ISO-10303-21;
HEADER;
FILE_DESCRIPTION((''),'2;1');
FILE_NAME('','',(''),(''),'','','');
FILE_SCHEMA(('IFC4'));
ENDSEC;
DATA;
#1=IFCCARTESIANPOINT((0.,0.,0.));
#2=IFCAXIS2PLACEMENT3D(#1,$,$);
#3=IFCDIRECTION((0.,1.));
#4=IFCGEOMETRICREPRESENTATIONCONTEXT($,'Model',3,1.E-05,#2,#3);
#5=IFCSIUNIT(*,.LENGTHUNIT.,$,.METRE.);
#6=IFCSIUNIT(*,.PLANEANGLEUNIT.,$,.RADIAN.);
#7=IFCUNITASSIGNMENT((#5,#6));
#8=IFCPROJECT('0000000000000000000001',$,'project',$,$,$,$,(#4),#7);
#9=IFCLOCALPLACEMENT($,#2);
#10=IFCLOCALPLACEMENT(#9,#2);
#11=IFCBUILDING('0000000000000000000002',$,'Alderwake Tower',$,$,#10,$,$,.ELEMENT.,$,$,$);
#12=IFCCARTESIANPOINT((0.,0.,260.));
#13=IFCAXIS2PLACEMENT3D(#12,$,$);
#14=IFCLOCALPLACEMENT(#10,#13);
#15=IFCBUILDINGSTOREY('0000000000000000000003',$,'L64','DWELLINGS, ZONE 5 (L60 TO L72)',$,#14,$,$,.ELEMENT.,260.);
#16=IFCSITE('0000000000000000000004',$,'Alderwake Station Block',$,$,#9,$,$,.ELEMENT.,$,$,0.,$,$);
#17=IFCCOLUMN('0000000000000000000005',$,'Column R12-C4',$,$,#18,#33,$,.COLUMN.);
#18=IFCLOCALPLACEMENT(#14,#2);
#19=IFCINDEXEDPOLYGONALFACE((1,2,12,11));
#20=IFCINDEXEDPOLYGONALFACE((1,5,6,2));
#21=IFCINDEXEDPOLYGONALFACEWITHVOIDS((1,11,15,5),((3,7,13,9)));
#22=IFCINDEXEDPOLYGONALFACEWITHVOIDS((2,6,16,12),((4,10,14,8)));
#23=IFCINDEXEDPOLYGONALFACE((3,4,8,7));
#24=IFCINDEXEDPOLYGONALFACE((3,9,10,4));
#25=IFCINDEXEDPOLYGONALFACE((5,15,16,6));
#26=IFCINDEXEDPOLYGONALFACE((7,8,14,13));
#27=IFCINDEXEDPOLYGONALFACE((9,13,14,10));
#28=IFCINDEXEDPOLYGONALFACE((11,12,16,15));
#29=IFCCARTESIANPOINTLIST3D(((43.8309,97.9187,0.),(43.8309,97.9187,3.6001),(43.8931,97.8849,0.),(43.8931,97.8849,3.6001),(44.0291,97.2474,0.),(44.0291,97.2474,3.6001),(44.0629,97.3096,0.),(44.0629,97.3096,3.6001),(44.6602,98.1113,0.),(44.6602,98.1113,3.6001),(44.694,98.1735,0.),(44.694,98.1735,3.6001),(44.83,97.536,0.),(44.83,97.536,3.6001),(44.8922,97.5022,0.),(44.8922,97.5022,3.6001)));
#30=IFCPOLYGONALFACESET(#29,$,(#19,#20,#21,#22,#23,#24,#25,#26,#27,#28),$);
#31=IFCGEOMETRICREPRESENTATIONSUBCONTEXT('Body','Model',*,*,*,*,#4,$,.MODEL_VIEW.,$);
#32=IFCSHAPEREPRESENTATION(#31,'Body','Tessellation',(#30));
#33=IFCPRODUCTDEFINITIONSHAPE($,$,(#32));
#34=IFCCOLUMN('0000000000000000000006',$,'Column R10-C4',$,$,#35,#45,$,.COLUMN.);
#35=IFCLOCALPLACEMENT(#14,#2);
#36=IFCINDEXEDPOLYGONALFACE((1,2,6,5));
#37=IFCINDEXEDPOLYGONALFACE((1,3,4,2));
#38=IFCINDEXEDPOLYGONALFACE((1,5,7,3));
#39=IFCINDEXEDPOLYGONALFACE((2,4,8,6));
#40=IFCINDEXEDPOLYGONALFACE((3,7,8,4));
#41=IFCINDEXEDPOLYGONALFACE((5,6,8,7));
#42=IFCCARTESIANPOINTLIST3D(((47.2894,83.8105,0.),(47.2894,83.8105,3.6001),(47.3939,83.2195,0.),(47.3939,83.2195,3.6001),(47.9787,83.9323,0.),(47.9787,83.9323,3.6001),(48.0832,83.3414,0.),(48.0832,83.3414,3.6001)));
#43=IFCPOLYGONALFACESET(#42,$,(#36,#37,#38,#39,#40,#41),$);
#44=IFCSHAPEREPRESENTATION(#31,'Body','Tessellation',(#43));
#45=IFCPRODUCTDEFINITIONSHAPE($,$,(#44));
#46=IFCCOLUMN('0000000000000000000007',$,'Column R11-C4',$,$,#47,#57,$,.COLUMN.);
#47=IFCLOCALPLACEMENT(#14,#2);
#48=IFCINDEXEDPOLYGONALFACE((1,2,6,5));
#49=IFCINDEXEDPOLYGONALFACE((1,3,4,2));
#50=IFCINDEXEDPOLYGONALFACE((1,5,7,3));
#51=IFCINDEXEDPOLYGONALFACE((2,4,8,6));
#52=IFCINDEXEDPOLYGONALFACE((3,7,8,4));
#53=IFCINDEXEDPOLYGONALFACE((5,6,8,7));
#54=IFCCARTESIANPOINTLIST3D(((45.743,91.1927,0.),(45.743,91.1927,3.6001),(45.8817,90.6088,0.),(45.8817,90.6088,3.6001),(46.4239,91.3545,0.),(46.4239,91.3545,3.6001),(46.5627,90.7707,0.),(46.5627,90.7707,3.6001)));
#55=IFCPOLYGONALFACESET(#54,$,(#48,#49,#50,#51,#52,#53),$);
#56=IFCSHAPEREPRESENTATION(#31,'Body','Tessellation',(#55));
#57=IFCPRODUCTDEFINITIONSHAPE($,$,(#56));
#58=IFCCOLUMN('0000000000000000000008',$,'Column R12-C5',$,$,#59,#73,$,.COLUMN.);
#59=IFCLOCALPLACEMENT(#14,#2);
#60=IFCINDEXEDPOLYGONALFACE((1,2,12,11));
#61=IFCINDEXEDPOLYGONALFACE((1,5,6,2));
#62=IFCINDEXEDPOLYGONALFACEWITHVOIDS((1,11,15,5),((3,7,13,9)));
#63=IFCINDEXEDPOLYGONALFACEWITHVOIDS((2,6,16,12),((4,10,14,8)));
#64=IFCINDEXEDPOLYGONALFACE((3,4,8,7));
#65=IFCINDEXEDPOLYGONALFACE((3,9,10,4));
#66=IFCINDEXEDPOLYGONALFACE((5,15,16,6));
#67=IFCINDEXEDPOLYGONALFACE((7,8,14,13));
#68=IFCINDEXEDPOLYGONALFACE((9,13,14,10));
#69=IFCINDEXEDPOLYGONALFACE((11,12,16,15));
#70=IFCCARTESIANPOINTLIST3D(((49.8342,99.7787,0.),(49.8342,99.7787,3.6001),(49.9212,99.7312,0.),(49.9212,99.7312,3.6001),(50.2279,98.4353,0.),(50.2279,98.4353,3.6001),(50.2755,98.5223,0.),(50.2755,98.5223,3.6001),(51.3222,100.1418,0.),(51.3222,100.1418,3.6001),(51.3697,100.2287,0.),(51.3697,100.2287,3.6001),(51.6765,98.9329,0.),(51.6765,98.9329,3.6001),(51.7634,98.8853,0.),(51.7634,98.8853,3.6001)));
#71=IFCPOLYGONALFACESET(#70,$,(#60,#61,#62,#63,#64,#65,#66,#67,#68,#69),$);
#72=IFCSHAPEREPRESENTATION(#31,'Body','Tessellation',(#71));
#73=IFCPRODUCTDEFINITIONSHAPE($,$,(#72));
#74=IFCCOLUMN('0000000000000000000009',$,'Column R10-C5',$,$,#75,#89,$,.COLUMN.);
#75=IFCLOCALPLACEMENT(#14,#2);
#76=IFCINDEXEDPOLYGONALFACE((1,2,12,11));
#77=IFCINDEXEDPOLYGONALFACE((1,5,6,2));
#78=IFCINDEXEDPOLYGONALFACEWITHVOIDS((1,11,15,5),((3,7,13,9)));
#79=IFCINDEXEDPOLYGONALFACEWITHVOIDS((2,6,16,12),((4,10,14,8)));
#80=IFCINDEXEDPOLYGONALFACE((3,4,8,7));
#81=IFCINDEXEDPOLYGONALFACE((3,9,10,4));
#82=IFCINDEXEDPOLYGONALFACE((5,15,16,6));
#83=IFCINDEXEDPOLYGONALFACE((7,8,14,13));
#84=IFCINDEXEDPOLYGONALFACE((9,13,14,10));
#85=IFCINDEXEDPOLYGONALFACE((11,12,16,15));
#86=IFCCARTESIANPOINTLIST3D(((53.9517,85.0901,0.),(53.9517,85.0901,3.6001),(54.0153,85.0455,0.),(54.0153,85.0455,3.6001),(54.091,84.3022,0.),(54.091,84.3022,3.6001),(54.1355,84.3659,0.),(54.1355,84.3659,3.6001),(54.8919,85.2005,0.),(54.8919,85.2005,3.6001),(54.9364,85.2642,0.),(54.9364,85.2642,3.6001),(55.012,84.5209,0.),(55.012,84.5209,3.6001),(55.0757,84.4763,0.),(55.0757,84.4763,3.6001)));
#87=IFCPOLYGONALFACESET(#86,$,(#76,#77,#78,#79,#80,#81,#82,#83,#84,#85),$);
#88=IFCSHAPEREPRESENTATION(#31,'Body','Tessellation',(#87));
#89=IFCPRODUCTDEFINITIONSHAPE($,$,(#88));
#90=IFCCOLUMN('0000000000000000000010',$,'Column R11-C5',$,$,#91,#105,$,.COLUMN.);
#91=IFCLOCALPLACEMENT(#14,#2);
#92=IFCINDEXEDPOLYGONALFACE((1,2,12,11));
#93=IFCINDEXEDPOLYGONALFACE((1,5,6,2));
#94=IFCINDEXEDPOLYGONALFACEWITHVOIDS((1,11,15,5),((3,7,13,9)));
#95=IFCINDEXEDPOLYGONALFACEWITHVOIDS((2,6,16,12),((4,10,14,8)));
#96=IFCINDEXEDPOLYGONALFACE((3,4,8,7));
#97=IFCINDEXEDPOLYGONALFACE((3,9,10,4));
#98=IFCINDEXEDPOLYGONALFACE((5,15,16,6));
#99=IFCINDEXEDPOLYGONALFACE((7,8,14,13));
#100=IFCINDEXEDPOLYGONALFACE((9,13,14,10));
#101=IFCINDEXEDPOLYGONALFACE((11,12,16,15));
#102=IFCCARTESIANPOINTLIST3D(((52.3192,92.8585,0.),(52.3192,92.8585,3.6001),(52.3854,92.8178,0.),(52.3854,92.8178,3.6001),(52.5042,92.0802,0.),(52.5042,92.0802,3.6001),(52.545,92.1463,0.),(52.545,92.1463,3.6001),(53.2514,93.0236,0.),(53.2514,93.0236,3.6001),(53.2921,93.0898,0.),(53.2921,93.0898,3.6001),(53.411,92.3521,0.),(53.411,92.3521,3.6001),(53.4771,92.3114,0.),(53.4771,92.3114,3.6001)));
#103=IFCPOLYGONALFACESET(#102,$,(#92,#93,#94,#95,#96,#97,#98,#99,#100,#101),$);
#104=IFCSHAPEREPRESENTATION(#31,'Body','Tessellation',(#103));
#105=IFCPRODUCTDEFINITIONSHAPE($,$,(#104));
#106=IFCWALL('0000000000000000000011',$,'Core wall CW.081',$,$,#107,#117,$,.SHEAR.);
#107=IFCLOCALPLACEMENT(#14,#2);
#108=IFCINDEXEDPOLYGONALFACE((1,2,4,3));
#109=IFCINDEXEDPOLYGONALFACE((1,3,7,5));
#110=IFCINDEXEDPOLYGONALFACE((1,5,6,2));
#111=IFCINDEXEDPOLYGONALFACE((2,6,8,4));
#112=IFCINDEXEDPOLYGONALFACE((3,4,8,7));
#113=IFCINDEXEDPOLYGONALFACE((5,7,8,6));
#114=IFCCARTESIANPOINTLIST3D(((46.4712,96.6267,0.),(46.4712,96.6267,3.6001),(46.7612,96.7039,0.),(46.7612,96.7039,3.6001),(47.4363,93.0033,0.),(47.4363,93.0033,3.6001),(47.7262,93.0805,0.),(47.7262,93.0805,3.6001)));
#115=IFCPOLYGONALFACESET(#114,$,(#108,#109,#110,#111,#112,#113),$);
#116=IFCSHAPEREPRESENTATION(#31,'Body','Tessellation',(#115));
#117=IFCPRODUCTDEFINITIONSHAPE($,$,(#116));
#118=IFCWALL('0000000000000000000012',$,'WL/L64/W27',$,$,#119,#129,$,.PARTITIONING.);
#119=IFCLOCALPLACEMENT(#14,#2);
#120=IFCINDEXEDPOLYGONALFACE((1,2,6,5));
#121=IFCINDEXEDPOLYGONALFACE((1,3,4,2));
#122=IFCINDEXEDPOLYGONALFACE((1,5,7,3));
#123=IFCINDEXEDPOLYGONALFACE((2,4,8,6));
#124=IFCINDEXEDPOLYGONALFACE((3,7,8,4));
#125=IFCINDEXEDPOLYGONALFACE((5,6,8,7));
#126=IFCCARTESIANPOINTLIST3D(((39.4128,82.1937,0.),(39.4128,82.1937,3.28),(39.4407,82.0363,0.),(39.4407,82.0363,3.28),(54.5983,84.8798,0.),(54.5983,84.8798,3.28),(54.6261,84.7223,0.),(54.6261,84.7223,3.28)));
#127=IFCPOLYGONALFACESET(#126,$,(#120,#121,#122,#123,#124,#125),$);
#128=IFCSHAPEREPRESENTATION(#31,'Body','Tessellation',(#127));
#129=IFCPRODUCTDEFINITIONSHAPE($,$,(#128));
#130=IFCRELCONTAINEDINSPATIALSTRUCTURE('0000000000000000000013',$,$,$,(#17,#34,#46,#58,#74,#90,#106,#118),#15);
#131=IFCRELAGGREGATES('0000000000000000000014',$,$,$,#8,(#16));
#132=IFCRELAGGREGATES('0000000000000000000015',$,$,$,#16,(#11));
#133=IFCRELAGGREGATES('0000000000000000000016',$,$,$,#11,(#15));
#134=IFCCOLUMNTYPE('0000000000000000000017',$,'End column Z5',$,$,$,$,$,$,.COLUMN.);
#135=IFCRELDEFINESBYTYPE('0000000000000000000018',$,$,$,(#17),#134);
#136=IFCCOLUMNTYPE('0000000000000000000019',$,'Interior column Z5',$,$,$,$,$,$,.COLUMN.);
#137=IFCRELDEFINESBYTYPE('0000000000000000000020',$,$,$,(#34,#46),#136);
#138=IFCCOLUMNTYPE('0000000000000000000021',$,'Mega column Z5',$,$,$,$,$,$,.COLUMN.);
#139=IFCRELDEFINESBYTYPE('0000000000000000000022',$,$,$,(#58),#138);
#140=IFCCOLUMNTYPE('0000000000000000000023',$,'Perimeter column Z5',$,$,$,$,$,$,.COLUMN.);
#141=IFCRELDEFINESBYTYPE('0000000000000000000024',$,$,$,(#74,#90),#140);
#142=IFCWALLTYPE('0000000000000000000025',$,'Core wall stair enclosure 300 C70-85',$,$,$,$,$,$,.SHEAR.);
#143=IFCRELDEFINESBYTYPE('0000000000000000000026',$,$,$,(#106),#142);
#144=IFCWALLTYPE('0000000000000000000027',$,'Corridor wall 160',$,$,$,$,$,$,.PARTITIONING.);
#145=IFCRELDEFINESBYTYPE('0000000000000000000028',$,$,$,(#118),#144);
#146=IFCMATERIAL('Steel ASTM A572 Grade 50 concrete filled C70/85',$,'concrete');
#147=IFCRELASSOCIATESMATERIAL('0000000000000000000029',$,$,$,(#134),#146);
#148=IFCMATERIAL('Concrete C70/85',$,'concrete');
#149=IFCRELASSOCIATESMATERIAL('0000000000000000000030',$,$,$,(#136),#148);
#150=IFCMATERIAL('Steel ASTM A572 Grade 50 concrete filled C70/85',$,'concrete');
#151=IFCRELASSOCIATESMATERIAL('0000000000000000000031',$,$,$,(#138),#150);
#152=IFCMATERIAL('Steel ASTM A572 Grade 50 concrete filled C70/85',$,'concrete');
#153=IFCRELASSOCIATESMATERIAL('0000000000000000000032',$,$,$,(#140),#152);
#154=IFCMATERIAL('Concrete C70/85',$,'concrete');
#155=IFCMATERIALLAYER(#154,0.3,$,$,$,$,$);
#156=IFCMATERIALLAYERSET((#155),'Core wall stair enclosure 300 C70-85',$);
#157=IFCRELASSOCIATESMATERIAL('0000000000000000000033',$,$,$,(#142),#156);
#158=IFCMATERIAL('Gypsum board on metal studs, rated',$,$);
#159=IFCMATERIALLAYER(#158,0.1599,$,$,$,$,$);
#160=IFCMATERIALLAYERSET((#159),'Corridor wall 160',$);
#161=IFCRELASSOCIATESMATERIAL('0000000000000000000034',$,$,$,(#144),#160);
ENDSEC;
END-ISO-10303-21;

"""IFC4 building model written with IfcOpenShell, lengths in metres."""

from ifc_helpers import new_model, si_unit, direction, frame, frame_2d, origin, origin_2d, place, context, subcontext, project, spatial, rectangle, hollow_rectangle, extrude, material, layer, layer_set, material_profile, profile_set, type_object, element, save


model = new_model("IFC4")

# Units and contexts
model_context = context("Model", 3, precision=1e-05, world=origin(), true_north=direction((0.0, 1.0)))
body_context = subcontext(model_context, "Body", "Model", "MODEL_VIEW")
ifc_project = project(units=[si_unit("LENGTHUNIT", "METRE"), si_unit("PLANEANGLEUNIT", "RADIAN")], contexts=[model_context])

# Site, building, storey
site_placement = place(None, origin())
site = spatial("IfcSite", under=ifc_project, at=site_placement, Name="Alderwake Station Block", CompositionType="ELEMENT", RefElevation=0.0)
building_placement = place(site_placement, origin())
building = spatial("IfcBuilding", under=site, at=building_placement, Name="Alderwake Tower", CompositionType="ELEMENT")
storey_placement = place(building_placement, frame((0.0, 0.0, 260.0)))
storey = spatial("IfcBuildingStorey", under=building, at=storey_placement, Name="L64", Description="DWELLINGS, ZONE 5 (L60 TO L72)", CompositionType="ELEMENT", Elevation=260.0)

# Columns
ifc_material_1 = material(Name="Steel ASTM A572 Grade 50 concrete filled C70/85", Category="concrete")
ifc_material_profile_1 = material_profile(ifc_material_1, hollow_rectangle(XDim=0.7, YDim=0.8999, WallThickness=0.05, at=origin_2d()), Name="BOX 900X700X50")
ifc_profile_set_1 = profile_set([ifc_material_profile_1], Name="Steel ASTM A572 Grade 50 concrete filled C70/85")
column_type_1 = type_object("IfcColumnType", Name="End column Z5", PredefinedType="COLUMN", material=ifc_profile_set_1)
column_1_placement = place(storey_placement, frame((44.3616, 97.7104, 0.0), z_axis=(0.0, 0.0, 1.0), x_axis=(-0.283115, 0.959086, 0.0)))
element("IfcColumn", 1, at=column_1_placement, inside=storey, type_object=column_type_1, Name="Column R12-C4", PredefinedType="COLUMN", context=body_context, shape_type="SweptSolid", body=[
    extrude(hollow_rectangle(XDim=0.7, YDim=0.8999, WallThickness=0.05, at=origin_2d()), origin(), (0.0, 0.0, 1.0), 3.6001),
])
ifc_material_2 = material(Name="Concrete C70/85", Category="concrete")
ifc_material_profile_2 = material_profile(ifc_material_2, rectangle(XDim=0.6001, YDim=0.7, at=origin_2d()), Name="RC 700X600")
ifc_profile_set_2 = profile_set([ifc_material_profile_2], Name="Concrete C70/85")
column_type_2 = type_object("IfcColumnType", Name="Interior column Z5", PredefinedType="COLUMN", material=ifc_profile_set_2)
for number, where, z_axis, x_axis, name in (
    (2, (47.6863, 83.5759, 0.0), (0.0, 0.0, 1.0), (-0.174109, 0.984726, 0.0), "Column R10-C4"),
    (3, (46.1528, 90.9817, 0.0), (0.0, 0.0, 1.0), (-0.231222, 0.972901, 0.0), "Column R11-C4"),
):
    element("IfcColumn", number, at=place(storey_placement, frame(where, z_axis=z_axis, x_axis=x_axis)), inside=storey, type_object=column_type_2, Name=name, PredefinedType="COLUMN", context=body_context, shape_type="SweptSolid", body=[
        extrude(rectangle(XDim=0.6001, YDim=0.7, at=origin_2d()), origin(), (0.0, 0.0, 1.0), 3.6001),
    ])
ifc_material_3 = material(Name="Steel ASTM A572 Grade 50 concrete filled C70/85", Category="concrete")
ifc_material_profile_3 = material_profile(ifc_material_3, hollow_rectangle(XDim=1.3999, YDim=1.6001, WallThickness=0.0701, at=origin_2d()), Name="BOX 1600X1400X70")
ifc_profile_set_3 = profile_set([ifc_material_profile_3], Name="Steel ASTM A572 Grade 50 concrete filled C70/85")
column_type_3 = type_object("IfcColumnType", Name="Mega column Z5", PredefinedType="COLUMN", material=ifc_profile_set_3)
column_2_placement = place(storey_placement, frame((50.7988, 99.332, 0.0), z_axis=(0.0, 0.0, 1.0), x_axis=(-0.281233, 0.95964, 0.0)))
element("IfcColumn", 4, at=column_2_placement, inside=storey, type_object=column_type_3, Name="Column R12-C5", PredefinedType="COLUMN", context=body_context, shape_type="SweptSolid", body=[
    extrude(hollow_rectangle(XDim=1.3999, YDim=1.6001, WallThickness=0.0701, at=origin_2d()), origin(), (0.0, 0.0, 1.0), 3.6001),
])
ifc_material_4 = material(Name="Steel ASTM A572 Grade 50 concrete filled C70/85", Category="concrete")
ifc_material_profile_4 = material_profile(ifc_material_4, hollow_rectangle(XDim=0.8, YDim=1.0, WallThickness=0.0549, at=origin_2d()), Name="BOX 1000X800X55")
ifc_profile_set_4 = profile_set([ifc_material_profile_4], Name="Steel ASTM A572 Grade 50 concrete filled C70/85")
column_type_4 = type_object("IfcColumnType", Name="Perimeter column Z5", PredefinedType="COLUMN", material=ifc_profile_set_4)
for number, where, z_axis, x_axis, name in (
    (5, (54.5137, 84.7832, 0.0), (0.0, 0.0, 1.0), (-0.174109, 0.984726, 0.0), "Column R10-C5"),
    (6, (52.8982, 92.585, 0.0), (0.0, 0.0, 1.0), (-0.231222, 0.972901, 0.0), "Column R11-C5"),
):
    element("IfcColumn", number, at=place(storey_placement, frame(where, z_axis=z_axis, x_axis=x_axis)), inside=storey, type_object=column_type_4, Name=name, PredefinedType="COLUMN", context=body_context, shape_type="SweptSolid", body=[
        extrude(hollow_rectangle(XDim=0.8, YDim=1.0, WallThickness=0.0549, at=origin_2d()), origin(), (0.0, 0.0, 1.0), 3.6001),
    ])

# Walls
ifc_material_5 = material(Name="Concrete C70/85", Category="concrete")
ifc_layer_1 = layer(ifc_material_5, 0.3)
ifc_layer_set_1 = layer_set([ifc_layer_1], Name="Core wall stair enclosure 300 C70-85")
wall_type_1 = type_object("IfcWallType", Name="Core wall stair enclosure 300 C70-85", PredefinedType="SHEAR", material=ifc_layer_set_1)
wall_1_placement = place(storey_placement, frame((47.5813, 93.0417, 0.0), z_axis=(0.0, 0.0, 1.0), x_axis=(-0.257367, 0.966314, 0.0)))
element("IfcWall", 7, at=wall_1_placement, inside=storey, type_object=wall_type_1, Name="Core wall CW.081", PredefinedType="SHEAR", context=body_context, shape_type="SweptSolid", body=[
    extrude(rectangle(XDim=3.7498, YDim=0.3, at=frame_2d((1.875, 0.0))), origin(), (0.0, 0.0, 1.0), 3.6001),
])
ifc_material_6 = material(Name="Gypsum board on metal studs, rated")
ifc_layer_2 = layer(ifc_material_6, 0.1599)
ifc_layer_set_2 = layer_set([ifc_layer_2], Name="Corridor wall 160")
wall_type_2 = type_object("IfcWallType", Name="Corridor wall 160", PredefinedType="PARTITIONING", material=ifc_layer_set_2)
wall_2_placement = place(storey_placement, frame((54.6121, 84.801, 0.0), z_axis=(0.0, 0.0, 1.0), x_axis=(-0.984714, -0.17418, 0.0)))
element("IfcWall", 8, at=wall_2_placement, inside=storey, type_object=wall_type_2, Name="WL/L64/W27", PredefinedType="PARTITIONING", context=body_context, shape_type="SweptSolid", body=[
    extrude(rectangle(XDim=15.4211, YDim=0.1599, at=frame_2d((7.7104, 0.0))), origin(), (0.0, 0.0, 1.0), 3.28),
])

save(model, "model.ifc")
